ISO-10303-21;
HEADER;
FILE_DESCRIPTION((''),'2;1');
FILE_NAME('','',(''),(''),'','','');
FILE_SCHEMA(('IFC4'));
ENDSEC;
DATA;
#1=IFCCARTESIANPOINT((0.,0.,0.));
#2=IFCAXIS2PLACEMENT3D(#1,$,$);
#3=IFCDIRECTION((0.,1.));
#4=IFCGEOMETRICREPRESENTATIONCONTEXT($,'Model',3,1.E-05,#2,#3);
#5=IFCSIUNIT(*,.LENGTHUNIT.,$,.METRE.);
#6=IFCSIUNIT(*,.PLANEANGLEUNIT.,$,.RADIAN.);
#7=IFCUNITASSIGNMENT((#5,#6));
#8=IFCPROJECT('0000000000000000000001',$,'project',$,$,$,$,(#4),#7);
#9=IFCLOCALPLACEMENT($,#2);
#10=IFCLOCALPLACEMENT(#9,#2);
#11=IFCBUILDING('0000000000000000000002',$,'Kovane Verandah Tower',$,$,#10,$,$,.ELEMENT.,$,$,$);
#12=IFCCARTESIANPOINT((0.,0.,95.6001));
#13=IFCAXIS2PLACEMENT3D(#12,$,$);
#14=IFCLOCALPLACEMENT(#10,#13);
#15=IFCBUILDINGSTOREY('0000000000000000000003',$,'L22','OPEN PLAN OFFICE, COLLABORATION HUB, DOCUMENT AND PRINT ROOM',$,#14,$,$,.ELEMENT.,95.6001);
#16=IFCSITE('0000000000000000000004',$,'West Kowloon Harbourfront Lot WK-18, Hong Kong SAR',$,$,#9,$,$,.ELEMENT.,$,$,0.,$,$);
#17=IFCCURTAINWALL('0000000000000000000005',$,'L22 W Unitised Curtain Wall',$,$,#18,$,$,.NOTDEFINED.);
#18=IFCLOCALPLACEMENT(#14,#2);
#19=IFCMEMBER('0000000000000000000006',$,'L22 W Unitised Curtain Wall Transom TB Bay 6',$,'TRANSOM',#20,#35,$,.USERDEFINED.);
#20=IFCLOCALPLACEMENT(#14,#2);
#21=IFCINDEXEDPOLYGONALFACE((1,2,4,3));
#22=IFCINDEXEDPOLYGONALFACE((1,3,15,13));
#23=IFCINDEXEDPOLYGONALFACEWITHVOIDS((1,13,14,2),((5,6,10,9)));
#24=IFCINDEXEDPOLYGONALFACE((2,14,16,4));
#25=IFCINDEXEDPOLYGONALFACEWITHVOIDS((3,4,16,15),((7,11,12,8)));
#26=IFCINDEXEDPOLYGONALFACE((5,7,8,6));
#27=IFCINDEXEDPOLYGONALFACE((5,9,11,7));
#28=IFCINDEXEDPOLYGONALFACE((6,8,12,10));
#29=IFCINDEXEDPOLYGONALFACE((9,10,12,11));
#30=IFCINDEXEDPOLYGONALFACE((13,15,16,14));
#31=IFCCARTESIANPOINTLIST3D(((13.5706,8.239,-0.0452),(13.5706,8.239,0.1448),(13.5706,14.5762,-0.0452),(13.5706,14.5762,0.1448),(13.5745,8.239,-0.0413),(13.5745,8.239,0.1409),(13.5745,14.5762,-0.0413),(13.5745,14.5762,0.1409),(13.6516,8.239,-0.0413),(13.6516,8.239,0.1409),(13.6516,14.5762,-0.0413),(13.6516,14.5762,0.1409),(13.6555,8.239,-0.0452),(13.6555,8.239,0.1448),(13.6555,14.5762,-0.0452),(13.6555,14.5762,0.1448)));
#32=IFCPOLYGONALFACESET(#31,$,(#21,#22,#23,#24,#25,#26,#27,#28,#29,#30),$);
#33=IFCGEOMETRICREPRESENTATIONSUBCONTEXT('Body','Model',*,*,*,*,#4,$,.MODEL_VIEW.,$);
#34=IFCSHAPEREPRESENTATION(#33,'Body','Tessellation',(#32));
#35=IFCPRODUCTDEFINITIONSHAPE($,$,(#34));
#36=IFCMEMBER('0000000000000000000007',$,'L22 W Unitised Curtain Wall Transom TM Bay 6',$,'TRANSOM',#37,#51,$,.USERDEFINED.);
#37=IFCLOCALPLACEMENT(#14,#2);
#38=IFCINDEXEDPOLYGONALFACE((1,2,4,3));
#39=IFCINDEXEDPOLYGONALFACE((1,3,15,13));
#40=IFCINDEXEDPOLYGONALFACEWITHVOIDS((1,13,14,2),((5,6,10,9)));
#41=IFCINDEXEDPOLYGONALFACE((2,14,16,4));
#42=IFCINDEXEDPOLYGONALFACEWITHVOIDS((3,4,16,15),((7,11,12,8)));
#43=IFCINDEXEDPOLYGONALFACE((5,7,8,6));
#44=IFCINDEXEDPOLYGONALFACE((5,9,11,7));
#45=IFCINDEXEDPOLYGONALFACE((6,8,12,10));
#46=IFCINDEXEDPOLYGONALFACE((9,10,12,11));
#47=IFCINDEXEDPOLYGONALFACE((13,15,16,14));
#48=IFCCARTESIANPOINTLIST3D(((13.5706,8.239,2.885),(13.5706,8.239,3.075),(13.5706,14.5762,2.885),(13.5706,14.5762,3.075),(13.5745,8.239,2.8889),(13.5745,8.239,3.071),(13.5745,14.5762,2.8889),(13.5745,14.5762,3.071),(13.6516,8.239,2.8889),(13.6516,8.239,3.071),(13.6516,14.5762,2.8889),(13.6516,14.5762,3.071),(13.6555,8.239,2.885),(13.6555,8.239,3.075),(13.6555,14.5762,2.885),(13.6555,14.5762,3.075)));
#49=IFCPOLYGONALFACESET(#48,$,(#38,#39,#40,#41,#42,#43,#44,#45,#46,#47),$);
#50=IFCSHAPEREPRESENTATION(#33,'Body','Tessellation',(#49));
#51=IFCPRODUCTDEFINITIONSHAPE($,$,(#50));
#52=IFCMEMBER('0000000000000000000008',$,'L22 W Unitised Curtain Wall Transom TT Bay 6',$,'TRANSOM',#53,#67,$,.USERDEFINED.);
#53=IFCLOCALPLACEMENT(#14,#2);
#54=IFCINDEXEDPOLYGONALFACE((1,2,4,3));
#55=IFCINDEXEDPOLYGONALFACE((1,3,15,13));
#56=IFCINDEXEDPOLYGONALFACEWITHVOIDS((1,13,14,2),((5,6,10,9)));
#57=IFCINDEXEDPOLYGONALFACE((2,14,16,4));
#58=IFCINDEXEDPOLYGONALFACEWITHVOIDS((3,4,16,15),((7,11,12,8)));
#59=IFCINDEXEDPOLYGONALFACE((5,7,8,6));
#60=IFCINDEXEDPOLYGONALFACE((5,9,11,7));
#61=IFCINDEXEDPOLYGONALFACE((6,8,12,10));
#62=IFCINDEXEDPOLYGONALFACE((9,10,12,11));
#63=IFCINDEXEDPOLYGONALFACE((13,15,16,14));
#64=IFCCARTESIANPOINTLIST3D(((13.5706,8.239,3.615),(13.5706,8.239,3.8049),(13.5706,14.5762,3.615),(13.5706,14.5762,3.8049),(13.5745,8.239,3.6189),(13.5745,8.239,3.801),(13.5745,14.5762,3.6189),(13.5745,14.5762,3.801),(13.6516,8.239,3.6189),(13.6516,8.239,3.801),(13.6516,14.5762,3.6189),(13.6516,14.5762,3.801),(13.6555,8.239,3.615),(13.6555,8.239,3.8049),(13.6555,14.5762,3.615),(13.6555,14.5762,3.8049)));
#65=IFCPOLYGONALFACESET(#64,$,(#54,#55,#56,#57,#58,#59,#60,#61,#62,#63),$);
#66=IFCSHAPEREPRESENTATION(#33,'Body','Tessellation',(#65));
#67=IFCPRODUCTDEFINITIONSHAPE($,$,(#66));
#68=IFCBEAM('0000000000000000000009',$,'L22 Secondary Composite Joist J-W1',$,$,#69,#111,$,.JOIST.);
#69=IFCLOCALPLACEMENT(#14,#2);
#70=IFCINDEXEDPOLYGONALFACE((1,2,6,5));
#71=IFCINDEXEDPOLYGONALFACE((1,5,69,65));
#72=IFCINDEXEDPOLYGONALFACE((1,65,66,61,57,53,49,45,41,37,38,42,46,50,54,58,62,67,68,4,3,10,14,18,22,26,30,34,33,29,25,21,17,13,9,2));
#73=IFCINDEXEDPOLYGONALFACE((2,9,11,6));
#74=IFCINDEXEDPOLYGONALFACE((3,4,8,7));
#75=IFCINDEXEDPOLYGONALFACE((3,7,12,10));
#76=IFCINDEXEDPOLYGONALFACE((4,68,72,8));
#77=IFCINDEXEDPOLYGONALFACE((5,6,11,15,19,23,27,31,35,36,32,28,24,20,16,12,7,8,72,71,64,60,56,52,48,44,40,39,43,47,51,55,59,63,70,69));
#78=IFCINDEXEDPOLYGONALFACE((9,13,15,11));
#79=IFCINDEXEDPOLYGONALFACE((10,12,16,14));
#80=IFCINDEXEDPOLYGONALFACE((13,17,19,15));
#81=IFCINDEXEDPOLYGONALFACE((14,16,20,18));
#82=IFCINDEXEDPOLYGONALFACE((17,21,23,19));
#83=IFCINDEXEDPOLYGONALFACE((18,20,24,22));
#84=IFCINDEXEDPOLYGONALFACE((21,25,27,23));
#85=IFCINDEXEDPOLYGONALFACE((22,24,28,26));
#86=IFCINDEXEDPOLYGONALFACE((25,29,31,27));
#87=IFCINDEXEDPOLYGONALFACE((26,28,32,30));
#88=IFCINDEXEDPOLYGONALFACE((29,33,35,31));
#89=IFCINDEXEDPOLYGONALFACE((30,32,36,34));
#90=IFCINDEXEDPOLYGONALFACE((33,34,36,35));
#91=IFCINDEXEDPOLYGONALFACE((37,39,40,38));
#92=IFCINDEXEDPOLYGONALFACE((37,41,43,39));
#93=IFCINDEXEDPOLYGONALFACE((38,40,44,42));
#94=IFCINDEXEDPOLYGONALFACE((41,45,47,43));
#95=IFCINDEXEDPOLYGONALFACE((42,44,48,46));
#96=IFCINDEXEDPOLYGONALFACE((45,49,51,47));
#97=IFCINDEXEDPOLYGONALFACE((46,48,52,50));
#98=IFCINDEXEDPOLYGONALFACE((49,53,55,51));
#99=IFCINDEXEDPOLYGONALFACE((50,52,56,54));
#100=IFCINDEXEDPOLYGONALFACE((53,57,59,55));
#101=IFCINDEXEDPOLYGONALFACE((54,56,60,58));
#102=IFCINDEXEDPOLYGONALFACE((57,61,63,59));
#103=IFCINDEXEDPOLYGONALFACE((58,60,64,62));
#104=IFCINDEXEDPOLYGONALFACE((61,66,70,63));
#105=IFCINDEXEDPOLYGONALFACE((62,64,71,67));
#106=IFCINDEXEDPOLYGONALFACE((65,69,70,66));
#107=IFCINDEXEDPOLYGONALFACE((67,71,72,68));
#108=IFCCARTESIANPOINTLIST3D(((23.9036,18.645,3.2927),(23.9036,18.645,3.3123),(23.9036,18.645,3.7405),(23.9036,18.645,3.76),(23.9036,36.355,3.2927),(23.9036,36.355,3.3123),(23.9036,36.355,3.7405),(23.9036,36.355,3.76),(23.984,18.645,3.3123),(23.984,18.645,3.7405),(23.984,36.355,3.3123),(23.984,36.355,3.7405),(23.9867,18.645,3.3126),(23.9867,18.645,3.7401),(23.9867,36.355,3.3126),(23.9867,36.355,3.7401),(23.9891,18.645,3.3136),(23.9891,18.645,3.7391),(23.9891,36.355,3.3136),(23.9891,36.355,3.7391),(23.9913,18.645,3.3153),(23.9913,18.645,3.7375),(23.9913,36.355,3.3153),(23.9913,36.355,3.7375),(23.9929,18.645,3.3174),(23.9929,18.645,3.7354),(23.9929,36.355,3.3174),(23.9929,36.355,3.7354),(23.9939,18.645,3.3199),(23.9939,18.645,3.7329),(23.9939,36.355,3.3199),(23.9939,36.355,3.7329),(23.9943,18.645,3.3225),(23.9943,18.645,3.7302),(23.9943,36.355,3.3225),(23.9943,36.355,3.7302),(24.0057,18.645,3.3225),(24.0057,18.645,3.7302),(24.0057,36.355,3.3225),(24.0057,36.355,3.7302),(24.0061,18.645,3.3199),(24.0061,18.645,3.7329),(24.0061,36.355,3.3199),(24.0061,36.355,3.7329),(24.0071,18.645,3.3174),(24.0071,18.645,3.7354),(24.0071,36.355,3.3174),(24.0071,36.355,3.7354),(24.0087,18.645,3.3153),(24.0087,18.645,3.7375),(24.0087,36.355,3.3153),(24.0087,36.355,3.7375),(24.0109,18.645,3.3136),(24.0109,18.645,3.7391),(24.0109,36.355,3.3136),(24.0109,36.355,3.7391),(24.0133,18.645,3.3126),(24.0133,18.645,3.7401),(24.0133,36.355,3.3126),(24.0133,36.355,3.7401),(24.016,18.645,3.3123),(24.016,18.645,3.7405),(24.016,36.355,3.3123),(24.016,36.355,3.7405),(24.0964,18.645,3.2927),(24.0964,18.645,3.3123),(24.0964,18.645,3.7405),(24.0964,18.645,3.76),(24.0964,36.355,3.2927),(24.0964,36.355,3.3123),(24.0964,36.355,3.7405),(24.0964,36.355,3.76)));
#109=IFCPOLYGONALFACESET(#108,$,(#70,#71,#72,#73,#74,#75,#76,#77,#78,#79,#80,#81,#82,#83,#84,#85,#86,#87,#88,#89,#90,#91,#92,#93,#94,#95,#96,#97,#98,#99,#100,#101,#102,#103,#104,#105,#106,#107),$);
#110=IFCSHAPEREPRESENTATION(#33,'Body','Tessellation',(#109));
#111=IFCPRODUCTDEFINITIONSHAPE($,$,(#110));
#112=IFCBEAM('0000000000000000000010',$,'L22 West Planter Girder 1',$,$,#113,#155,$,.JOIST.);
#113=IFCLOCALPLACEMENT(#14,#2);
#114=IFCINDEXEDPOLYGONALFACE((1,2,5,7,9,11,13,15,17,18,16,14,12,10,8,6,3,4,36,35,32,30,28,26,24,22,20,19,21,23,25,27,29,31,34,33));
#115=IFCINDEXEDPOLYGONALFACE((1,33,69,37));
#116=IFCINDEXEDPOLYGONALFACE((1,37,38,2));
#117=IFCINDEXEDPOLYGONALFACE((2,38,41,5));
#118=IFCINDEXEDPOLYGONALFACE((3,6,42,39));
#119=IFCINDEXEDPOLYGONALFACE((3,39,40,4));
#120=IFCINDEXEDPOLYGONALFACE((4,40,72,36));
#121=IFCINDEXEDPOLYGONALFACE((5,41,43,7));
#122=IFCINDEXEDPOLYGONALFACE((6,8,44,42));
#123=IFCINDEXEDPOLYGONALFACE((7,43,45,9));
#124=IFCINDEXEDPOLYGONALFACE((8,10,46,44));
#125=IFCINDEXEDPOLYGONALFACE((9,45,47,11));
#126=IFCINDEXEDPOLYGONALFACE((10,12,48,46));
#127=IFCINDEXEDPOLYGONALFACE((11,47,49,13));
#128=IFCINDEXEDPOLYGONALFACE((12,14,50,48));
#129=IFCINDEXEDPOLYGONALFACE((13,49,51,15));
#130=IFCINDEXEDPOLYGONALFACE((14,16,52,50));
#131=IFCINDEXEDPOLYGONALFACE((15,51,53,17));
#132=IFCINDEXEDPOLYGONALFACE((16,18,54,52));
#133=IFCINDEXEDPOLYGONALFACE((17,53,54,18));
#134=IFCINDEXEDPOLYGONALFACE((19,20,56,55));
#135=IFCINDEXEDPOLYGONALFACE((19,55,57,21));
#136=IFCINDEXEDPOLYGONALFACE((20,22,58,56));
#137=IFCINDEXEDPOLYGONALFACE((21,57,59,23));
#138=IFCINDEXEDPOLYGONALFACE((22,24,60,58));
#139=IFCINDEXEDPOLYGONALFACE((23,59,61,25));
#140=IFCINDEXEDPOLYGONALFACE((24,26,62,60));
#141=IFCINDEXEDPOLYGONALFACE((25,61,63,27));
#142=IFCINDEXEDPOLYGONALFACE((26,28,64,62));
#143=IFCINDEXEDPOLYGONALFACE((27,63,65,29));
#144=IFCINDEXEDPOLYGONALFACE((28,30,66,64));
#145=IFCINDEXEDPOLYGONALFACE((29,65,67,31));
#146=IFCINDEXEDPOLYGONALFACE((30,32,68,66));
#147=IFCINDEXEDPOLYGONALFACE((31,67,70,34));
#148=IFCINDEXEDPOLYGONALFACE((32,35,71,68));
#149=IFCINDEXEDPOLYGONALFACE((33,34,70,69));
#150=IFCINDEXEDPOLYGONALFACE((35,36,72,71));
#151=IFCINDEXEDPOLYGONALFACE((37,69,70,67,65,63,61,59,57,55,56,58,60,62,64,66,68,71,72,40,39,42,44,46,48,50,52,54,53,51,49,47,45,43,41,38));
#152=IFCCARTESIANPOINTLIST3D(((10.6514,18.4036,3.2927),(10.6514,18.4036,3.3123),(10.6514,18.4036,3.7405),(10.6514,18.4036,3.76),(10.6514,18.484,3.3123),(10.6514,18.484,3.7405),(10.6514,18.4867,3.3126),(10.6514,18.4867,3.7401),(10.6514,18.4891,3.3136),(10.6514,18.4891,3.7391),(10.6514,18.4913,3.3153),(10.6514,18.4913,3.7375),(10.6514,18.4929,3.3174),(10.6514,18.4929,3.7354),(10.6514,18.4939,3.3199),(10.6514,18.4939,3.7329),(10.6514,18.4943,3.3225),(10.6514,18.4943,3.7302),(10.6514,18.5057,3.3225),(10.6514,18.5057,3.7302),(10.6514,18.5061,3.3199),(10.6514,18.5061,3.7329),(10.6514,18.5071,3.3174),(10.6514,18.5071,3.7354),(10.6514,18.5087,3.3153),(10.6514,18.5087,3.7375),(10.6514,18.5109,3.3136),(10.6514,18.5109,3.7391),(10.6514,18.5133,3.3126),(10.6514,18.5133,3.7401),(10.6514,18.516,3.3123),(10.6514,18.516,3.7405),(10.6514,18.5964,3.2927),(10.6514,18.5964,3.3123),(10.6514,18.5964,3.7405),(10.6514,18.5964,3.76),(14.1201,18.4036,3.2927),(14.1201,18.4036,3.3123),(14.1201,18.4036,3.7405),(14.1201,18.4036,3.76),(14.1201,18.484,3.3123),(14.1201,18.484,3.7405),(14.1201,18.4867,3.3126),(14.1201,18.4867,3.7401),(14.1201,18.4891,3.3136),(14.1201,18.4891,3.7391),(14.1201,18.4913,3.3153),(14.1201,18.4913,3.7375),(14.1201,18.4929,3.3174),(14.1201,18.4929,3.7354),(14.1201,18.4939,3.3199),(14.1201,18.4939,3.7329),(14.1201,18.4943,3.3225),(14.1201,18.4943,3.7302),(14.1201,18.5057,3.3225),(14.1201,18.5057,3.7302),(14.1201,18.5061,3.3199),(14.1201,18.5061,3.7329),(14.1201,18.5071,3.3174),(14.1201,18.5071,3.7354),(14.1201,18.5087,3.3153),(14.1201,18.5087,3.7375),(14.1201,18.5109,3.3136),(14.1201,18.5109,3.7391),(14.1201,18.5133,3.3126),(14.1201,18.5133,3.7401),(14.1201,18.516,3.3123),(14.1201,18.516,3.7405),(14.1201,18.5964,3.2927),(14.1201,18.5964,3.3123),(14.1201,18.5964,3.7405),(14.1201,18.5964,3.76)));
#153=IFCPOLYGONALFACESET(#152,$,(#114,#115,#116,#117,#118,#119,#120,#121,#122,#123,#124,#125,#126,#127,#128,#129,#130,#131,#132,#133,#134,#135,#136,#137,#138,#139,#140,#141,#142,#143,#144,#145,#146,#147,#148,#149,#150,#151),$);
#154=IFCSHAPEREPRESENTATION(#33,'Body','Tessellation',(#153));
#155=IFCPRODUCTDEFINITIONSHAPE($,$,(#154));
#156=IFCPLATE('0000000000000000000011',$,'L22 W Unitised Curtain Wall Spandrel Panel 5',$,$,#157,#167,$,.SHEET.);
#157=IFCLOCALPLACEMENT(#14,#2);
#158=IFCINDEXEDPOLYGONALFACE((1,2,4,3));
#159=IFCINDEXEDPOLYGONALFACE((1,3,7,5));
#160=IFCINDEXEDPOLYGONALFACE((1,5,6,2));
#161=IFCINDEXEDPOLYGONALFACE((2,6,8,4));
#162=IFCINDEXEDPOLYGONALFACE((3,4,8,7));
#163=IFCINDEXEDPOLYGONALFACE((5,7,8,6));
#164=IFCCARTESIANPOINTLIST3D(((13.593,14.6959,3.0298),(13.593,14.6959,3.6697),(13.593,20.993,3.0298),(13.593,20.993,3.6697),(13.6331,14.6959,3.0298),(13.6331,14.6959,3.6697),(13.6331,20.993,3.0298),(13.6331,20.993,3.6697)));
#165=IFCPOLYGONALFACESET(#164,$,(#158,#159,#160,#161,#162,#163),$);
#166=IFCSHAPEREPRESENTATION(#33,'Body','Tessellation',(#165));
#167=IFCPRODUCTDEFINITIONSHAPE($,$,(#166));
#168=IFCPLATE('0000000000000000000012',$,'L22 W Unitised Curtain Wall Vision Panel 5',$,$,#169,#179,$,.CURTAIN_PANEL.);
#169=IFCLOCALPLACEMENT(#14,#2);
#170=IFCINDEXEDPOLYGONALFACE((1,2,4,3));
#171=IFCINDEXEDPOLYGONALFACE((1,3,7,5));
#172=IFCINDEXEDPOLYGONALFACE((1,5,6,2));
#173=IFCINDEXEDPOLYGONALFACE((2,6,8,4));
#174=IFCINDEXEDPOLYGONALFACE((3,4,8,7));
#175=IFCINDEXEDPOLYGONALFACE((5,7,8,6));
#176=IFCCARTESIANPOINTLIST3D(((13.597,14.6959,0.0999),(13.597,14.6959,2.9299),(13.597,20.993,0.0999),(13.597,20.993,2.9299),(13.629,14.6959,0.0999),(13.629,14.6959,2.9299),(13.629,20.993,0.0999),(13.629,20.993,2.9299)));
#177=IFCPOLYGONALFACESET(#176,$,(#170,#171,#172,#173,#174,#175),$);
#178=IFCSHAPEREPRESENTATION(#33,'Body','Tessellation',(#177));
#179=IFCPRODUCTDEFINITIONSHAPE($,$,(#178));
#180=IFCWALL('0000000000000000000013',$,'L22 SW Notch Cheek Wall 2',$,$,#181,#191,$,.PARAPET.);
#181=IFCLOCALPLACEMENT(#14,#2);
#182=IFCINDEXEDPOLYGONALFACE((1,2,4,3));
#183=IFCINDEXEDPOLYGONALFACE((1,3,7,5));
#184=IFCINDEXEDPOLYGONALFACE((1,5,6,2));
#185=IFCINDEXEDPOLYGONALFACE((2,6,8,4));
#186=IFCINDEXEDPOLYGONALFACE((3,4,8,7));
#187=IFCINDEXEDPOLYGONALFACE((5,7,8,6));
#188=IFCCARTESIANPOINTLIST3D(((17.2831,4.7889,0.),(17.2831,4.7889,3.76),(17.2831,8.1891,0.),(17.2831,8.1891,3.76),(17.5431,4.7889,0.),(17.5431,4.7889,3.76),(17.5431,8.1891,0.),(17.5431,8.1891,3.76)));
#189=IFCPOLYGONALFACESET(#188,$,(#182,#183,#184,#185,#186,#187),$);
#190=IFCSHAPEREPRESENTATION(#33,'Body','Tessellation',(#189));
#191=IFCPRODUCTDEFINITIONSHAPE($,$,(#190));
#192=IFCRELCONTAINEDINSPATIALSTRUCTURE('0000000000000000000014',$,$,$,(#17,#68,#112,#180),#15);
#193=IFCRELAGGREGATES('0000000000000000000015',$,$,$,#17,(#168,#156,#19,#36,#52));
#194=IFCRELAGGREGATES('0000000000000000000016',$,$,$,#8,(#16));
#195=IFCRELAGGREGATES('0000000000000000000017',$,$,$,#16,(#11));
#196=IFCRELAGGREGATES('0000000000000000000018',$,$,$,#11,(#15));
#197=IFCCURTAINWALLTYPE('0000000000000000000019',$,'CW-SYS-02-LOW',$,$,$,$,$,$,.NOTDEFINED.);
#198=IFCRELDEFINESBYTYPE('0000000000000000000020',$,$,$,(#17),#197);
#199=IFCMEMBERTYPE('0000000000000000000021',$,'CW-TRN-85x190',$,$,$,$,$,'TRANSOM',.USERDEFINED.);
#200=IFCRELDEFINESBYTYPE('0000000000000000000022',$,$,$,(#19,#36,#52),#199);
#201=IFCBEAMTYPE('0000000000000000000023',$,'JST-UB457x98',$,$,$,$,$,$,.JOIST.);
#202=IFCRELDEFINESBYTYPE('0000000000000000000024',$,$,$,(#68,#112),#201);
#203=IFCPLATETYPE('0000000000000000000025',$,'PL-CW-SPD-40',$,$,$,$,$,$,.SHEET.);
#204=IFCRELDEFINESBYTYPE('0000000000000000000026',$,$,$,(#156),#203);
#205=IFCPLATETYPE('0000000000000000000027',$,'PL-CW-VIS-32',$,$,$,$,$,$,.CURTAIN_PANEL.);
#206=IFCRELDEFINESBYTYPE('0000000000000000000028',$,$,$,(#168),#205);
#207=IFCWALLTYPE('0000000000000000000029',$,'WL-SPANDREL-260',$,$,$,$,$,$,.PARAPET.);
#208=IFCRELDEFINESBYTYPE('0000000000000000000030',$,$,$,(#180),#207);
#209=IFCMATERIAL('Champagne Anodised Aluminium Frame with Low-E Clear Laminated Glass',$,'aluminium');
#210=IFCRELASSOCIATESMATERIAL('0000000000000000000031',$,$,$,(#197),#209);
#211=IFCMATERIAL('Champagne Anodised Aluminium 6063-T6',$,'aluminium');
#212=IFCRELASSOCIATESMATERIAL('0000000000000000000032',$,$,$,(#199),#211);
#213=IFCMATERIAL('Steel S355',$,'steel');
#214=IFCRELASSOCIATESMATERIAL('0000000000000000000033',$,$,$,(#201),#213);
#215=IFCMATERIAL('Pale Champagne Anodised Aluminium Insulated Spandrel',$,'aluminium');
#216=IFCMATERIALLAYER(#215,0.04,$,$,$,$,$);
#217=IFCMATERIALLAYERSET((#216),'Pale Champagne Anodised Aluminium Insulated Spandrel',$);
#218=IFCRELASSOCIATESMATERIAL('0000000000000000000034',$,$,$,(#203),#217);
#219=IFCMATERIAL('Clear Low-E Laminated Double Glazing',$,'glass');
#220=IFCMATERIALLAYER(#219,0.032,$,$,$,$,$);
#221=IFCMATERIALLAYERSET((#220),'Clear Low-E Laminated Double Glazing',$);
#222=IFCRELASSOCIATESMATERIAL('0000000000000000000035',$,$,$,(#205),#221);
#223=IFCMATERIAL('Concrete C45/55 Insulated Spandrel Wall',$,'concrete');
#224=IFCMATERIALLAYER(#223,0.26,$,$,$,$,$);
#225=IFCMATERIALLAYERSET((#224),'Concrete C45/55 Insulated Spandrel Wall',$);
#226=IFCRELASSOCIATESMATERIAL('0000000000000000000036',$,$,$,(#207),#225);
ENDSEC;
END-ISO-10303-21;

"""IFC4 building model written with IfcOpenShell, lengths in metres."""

from ifc_helpers import new_model, si_unit, direction, frame, frame_2d, origin, origin_2d, place, context, subcontext, project, spatial, rectangle, hollow_rectangle, i_section, extrude, material, layer, layer_set, material_profile, profile_set, type_object, element, aggregate, save


model = new_model("IFC4")

# Units and contexts
model_context = context("Model", 3, precision=1e-05, world=origin(), true_north=direction((0.0, 1.0)))
body_context = subcontext(model_context, "Body", "Model", "MODEL_VIEW")
ifc_project = project(units=[si_unit("LENGTHUNIT", "METRE"), si_unit("PLANEANGLEUNIT", "RADIAN")], contexts=[model_context])

# Site, building, storey
site_placement = place(None, origin())
site = spatial("IfcSite", under=ifc_project, at=site_placement, Name="West Kowloon Harbourfront Lot WK-18, Hong Kong SAR", CompositionType="ELEMENT", RefElevation=0.0)
building_placement = place(site_placement, origin())
building = spatial("IfcBuilding", under=site, at=building_placement, Name="Kovane Verandah Tower", CompositionType="ELEMENT")
storey_placement = place(building_placement, frame((0.0, 0.0, 95.6001)))
storey = spatial("IfcBuildingStorey", under=building, at=storey_placement, Name="L22", Description="OPEN PLAN OFFICE, COLLABORATION HUB, DOCUMENT AND PRINT ROOM", CompositionType="ELEMENT", Elevation=95.6001)

# Shared definitions
ifc_material_1 = material(Name="Steel S355", Category="steel")

# Curtain wall, members
ifc_material_2 = material(Name="Champagne Anodised Aluminium Frame with Low-E Clear Laminated Glass", Category="aluminium")
curtain_wall_type = type_object("IfcCurtainWallType", Name="CW-SYS-02-LOW", PredefinedType="NOTDEFINED", material=ifc_material_2)
curtain_wall_placement = place(storey_placement, origin())
curtain_wall = element("IfcCurtainWall", 1, at=curtain_wall_placement, inside=storey, type_object=curtain_wall_type, Name="L22 W Unitised Curtain Wall", PredefinedType="NOTDEFINED")
ifc_material_3 = material(Name="Champagne Anodised Aluminium 6063-T6", Category="aluminium")
ifc_material_profile_1 = material_profile(ifc_material_3, hollow_rectangle(XDim=0.085, YDim=0.1899, WallThickness=0.0039, at=origin_2d()), Name="AL85x190x4")
ifc_profile_set_1 = profile_set([ifc_material_profile_1], Name="Champagne Anodised Aluminium 6063-T6")
member_type_1 = type_object("IfcMemberType", Name="CW-TRN-85x190", ElementType="TRANSOM", PredefinedType="USERDEFINED", material=ifc_profile_set_1)
member_1_placement = place(storey_placement, frame((13.613, 14.5762, 0.0498), z_axis=(0.0, -1.0, 0.0), x_axis=(1.0, 0.0, 0.0)))
member_1 = element("IfcMember", 2, at=member_1_placement, type_object=member_type_1, Name="L22 W Unitised Curtain Wall Transom TB Bay 6", ObjectType="TRANSOM", PredefinedType="USERDEFINED", context=body_context, shape_type="SweptSolid", body=[
    extrude(hollow_rectangle(XDim=0.085, YDim=0.1899, WallThickness=0.0039, at=origin_2d()), origin(), (0.0, 0.0, 1.0), 6.3372),
])
member_2_placement = place(storey_placement, frame((13.613, 14.5762, 2.98), z_axis=(0.0, -1.0, 0.0), x_axis=(1.0, 0.0, 0.0)))
member_2 = element("IfcMember", 3, at=member_2_placement, type_object=member_type_1, Name="L22 W Unitised Curtain Wall Transom TM Bay 6", ObjectType="TRANSOM", PredefinedType="USERDEFINED", context=body_context, shape_type="SweptSolid", body=[
    extrude(hollow_rectangle(XDim=0.085, YDim=0.1899, WallThickness=0.0039, at=origin_2d()), origin(), (0.0, 0.0, 1.0), 6.3372),
])
member_3_placement = place(storey_placement, frame((13.613, 14.5762, 3.71), z_axis=(0.0, -1.0, 0.0), x_axis=(1.0, 0.0, 0.0)))
member_3 = element("IfcMember", 4, at=member_3_placement, type_object=member_type_1, Name="L22 W Unitised Curtain Wall Transom TT Bay 6", ObjectType="TRANSOM", PredefinedType="USERDEFINED", context=body_context, shape_type="SweptSolid", body=[
    extrude(hollow_rectangle(XDim=0.085, YDim=0.1899, WallThickness=0.0039, at=origin_2d()), origin(), (0.0, 0.0, 1.0), 6.3372),
])

# Beams
ifc_material_profile_2 = material_profile(ifc_material_1, i_section(OverallWidth=0.1929, OverallDepth=0.4673, WebThickness=0.0115, FlangeThickness=0.0195, FilletRadius=0.0103, at=origin_2d()), Name="UB457x191x98")
ifc_profile_set_2 = profile_set([ifc_material_profile_2], Name="Steel S355")
beam_type_1 = type_object("IfcBeamType", Name="JST-UB457x98", PredefinedType="JOIST", material=ifc_profile_set_2)
beam_1_placement = place(storey_placement, frame((24.0, 18.645, 3.5264), z_axis=(0.0, 1.0, 0.0), x_axis=(-1.0, 0.0, 0.0)))
element("IfcBeam", 5, at=beam_1_placement, inside=storey, type_object=beam_type_1, Name="L22 Secondary Composite Joist J-W1", PredefinedType="JOIST", context=body_context, shape_type="SweptSolid", body=[
    extrude(i_section(OverallWidth=0.1929, OverallDepth=0.4673, WebThickness=0.0115, FlangeThickness=0.0195, FilletRadius=0.0103, at=origin_2d()), origin(), (0.0, 0.0, 1.0), 17.71),
])
beam_2_placement = place(storey_placement, frame((14.1201, 18.5, 3.5264), z_axis=(-1.0, 0.0, 0.0), x_axis=(0.0, -1.0, 0.0)))
element("IfcBeam", 6, at=beam_2_placement, inside=storey, type_object=beam_type_1, Name="L22 West Planter Girder 1", PredefinedType="JOIST", context=body_context, shape_type="SweptSolid", body=[
    extrude(i_section(OverallWidth=0.1929, OverallDepth=0.4673, WebThickness=0.0115, FlangeThickness=0.0195, FilletRadius=0.0103, at=origin_2d()), origin(), (0.0, 0.0, 1.0), 3.4688),
])

# Plates
ifc_material_4 = material(Name="Pale Champagne Anodised Aluminium Insulated Spandrel", Category="aluminium")
ifc_layer_1 = layer(ifc_material_4, 0.04)
ifc_layer_set_1 = layer_set([ifc_layer_1], Name="Pale Champagne Anodised Aluminium Insulated Spandrel")
plate_type_1 = type_object("IfcPlateType", Name="PL-CW-SPD-40", PredefinedType="SHEET", material=ifc_layer_set_1)
plate_1_placement = place(storey_placement, frame((13.613, 17.8445, 3.0298), z_axis=(0.0, 0.0, 1.0), x_axis=(0.0, -1.0, 0.0)))
plate_1 = element("IfcPlate", 7, at=plate_1_placement, type_object=plate_type_1, Name="L22 W Unitised Curtain Wall Spandrel Panel 5", PredefinedType="SHEET", context=body_context, shape_type="SweptSolid", body=[
    extrude(rectangle(XDim=6.2971, YDim=0.04, at=origin_2d()), origin(), (0.0, 0.0, 1.0), 0.6399),
])
ifc_material_5 = material(Name="Clear Low-E Laminated Double Glazing", Category="glass")
ifc_layer_2 = layer(ifc_material_5, 0.032)
ifc_layer_set_2 = layer_set([ifc_layer_2], Name="Clear Low-E Laminated Double Glazing")
plate_type_2 = type_object("IfcPlateType", Name="PL-CW-VIS-32", PredefinedType="CURTAIN_PANEL", material=ifc_layer_set_2)
plate_2_placement = place(storey_placement, frame((13.613, 17.8445, 0.0999), z_axis=(0.0, 0.0, 1.0), x_axis=(0.0, -1.0, 0.0)))
plate_2 = element("IfcPlate", 8, at=plate_2_placement, type_object=plate_type_2, Name="L22 W Unitised Curtain Wall Vision Panel 5", PredefinedType="CURTAIN_PANEL", context=body_context, shape_type="SweptSolid", body=[
    extrude(rectangle(XDim=6.2971, YDim=0.032, at=origin_2d()), origin(), (0.0, 0.0, 1.0), 2.8301),
])
aggregate(curtain_wall, [plate_2, plate_1, member_1, member_2, member_3])

# Shared definitions
ifc_material_6 = material(Name="Concrete C45/55 Insulated Spandrel Wall", Category="concrete")
ifc_layer_3 = layer(ifc_material_6, 0.26)
ifc_layer_set_3 = layer_set([ifc_layer_3], Name="Concrete C45/55 Insulated Spandrel Wall")
wall_type = type_object("IfcWallType", Name="WL-SPANDREL-260", PredefinedType="PARAPET", material=ifc_layer_set_3)

# Wall
wall_1_placement = place(storey_placement, frame((17.4131, 8.1892, 0.0), z_axis=(0.0, 0.0, 1.0), x_axis=(0.0, -1.0, 0.0)))
element("IfcWall", 9, at=wall_1_placement, inside=storey, type_object=wall_type, Name="L22 SW Notch Cheek Wall 2", PredefinedType="PARAPET", context=body_context, shape_type="SweptSolid", body=[
    extrude(rectangle(XDim=3.4001, YDim=0.26, at=frame_2d((1.7002, 0.0))), origin(), (0.0, 0.0, 1.0), 3.76),
])

save(model, "model.ifc")
